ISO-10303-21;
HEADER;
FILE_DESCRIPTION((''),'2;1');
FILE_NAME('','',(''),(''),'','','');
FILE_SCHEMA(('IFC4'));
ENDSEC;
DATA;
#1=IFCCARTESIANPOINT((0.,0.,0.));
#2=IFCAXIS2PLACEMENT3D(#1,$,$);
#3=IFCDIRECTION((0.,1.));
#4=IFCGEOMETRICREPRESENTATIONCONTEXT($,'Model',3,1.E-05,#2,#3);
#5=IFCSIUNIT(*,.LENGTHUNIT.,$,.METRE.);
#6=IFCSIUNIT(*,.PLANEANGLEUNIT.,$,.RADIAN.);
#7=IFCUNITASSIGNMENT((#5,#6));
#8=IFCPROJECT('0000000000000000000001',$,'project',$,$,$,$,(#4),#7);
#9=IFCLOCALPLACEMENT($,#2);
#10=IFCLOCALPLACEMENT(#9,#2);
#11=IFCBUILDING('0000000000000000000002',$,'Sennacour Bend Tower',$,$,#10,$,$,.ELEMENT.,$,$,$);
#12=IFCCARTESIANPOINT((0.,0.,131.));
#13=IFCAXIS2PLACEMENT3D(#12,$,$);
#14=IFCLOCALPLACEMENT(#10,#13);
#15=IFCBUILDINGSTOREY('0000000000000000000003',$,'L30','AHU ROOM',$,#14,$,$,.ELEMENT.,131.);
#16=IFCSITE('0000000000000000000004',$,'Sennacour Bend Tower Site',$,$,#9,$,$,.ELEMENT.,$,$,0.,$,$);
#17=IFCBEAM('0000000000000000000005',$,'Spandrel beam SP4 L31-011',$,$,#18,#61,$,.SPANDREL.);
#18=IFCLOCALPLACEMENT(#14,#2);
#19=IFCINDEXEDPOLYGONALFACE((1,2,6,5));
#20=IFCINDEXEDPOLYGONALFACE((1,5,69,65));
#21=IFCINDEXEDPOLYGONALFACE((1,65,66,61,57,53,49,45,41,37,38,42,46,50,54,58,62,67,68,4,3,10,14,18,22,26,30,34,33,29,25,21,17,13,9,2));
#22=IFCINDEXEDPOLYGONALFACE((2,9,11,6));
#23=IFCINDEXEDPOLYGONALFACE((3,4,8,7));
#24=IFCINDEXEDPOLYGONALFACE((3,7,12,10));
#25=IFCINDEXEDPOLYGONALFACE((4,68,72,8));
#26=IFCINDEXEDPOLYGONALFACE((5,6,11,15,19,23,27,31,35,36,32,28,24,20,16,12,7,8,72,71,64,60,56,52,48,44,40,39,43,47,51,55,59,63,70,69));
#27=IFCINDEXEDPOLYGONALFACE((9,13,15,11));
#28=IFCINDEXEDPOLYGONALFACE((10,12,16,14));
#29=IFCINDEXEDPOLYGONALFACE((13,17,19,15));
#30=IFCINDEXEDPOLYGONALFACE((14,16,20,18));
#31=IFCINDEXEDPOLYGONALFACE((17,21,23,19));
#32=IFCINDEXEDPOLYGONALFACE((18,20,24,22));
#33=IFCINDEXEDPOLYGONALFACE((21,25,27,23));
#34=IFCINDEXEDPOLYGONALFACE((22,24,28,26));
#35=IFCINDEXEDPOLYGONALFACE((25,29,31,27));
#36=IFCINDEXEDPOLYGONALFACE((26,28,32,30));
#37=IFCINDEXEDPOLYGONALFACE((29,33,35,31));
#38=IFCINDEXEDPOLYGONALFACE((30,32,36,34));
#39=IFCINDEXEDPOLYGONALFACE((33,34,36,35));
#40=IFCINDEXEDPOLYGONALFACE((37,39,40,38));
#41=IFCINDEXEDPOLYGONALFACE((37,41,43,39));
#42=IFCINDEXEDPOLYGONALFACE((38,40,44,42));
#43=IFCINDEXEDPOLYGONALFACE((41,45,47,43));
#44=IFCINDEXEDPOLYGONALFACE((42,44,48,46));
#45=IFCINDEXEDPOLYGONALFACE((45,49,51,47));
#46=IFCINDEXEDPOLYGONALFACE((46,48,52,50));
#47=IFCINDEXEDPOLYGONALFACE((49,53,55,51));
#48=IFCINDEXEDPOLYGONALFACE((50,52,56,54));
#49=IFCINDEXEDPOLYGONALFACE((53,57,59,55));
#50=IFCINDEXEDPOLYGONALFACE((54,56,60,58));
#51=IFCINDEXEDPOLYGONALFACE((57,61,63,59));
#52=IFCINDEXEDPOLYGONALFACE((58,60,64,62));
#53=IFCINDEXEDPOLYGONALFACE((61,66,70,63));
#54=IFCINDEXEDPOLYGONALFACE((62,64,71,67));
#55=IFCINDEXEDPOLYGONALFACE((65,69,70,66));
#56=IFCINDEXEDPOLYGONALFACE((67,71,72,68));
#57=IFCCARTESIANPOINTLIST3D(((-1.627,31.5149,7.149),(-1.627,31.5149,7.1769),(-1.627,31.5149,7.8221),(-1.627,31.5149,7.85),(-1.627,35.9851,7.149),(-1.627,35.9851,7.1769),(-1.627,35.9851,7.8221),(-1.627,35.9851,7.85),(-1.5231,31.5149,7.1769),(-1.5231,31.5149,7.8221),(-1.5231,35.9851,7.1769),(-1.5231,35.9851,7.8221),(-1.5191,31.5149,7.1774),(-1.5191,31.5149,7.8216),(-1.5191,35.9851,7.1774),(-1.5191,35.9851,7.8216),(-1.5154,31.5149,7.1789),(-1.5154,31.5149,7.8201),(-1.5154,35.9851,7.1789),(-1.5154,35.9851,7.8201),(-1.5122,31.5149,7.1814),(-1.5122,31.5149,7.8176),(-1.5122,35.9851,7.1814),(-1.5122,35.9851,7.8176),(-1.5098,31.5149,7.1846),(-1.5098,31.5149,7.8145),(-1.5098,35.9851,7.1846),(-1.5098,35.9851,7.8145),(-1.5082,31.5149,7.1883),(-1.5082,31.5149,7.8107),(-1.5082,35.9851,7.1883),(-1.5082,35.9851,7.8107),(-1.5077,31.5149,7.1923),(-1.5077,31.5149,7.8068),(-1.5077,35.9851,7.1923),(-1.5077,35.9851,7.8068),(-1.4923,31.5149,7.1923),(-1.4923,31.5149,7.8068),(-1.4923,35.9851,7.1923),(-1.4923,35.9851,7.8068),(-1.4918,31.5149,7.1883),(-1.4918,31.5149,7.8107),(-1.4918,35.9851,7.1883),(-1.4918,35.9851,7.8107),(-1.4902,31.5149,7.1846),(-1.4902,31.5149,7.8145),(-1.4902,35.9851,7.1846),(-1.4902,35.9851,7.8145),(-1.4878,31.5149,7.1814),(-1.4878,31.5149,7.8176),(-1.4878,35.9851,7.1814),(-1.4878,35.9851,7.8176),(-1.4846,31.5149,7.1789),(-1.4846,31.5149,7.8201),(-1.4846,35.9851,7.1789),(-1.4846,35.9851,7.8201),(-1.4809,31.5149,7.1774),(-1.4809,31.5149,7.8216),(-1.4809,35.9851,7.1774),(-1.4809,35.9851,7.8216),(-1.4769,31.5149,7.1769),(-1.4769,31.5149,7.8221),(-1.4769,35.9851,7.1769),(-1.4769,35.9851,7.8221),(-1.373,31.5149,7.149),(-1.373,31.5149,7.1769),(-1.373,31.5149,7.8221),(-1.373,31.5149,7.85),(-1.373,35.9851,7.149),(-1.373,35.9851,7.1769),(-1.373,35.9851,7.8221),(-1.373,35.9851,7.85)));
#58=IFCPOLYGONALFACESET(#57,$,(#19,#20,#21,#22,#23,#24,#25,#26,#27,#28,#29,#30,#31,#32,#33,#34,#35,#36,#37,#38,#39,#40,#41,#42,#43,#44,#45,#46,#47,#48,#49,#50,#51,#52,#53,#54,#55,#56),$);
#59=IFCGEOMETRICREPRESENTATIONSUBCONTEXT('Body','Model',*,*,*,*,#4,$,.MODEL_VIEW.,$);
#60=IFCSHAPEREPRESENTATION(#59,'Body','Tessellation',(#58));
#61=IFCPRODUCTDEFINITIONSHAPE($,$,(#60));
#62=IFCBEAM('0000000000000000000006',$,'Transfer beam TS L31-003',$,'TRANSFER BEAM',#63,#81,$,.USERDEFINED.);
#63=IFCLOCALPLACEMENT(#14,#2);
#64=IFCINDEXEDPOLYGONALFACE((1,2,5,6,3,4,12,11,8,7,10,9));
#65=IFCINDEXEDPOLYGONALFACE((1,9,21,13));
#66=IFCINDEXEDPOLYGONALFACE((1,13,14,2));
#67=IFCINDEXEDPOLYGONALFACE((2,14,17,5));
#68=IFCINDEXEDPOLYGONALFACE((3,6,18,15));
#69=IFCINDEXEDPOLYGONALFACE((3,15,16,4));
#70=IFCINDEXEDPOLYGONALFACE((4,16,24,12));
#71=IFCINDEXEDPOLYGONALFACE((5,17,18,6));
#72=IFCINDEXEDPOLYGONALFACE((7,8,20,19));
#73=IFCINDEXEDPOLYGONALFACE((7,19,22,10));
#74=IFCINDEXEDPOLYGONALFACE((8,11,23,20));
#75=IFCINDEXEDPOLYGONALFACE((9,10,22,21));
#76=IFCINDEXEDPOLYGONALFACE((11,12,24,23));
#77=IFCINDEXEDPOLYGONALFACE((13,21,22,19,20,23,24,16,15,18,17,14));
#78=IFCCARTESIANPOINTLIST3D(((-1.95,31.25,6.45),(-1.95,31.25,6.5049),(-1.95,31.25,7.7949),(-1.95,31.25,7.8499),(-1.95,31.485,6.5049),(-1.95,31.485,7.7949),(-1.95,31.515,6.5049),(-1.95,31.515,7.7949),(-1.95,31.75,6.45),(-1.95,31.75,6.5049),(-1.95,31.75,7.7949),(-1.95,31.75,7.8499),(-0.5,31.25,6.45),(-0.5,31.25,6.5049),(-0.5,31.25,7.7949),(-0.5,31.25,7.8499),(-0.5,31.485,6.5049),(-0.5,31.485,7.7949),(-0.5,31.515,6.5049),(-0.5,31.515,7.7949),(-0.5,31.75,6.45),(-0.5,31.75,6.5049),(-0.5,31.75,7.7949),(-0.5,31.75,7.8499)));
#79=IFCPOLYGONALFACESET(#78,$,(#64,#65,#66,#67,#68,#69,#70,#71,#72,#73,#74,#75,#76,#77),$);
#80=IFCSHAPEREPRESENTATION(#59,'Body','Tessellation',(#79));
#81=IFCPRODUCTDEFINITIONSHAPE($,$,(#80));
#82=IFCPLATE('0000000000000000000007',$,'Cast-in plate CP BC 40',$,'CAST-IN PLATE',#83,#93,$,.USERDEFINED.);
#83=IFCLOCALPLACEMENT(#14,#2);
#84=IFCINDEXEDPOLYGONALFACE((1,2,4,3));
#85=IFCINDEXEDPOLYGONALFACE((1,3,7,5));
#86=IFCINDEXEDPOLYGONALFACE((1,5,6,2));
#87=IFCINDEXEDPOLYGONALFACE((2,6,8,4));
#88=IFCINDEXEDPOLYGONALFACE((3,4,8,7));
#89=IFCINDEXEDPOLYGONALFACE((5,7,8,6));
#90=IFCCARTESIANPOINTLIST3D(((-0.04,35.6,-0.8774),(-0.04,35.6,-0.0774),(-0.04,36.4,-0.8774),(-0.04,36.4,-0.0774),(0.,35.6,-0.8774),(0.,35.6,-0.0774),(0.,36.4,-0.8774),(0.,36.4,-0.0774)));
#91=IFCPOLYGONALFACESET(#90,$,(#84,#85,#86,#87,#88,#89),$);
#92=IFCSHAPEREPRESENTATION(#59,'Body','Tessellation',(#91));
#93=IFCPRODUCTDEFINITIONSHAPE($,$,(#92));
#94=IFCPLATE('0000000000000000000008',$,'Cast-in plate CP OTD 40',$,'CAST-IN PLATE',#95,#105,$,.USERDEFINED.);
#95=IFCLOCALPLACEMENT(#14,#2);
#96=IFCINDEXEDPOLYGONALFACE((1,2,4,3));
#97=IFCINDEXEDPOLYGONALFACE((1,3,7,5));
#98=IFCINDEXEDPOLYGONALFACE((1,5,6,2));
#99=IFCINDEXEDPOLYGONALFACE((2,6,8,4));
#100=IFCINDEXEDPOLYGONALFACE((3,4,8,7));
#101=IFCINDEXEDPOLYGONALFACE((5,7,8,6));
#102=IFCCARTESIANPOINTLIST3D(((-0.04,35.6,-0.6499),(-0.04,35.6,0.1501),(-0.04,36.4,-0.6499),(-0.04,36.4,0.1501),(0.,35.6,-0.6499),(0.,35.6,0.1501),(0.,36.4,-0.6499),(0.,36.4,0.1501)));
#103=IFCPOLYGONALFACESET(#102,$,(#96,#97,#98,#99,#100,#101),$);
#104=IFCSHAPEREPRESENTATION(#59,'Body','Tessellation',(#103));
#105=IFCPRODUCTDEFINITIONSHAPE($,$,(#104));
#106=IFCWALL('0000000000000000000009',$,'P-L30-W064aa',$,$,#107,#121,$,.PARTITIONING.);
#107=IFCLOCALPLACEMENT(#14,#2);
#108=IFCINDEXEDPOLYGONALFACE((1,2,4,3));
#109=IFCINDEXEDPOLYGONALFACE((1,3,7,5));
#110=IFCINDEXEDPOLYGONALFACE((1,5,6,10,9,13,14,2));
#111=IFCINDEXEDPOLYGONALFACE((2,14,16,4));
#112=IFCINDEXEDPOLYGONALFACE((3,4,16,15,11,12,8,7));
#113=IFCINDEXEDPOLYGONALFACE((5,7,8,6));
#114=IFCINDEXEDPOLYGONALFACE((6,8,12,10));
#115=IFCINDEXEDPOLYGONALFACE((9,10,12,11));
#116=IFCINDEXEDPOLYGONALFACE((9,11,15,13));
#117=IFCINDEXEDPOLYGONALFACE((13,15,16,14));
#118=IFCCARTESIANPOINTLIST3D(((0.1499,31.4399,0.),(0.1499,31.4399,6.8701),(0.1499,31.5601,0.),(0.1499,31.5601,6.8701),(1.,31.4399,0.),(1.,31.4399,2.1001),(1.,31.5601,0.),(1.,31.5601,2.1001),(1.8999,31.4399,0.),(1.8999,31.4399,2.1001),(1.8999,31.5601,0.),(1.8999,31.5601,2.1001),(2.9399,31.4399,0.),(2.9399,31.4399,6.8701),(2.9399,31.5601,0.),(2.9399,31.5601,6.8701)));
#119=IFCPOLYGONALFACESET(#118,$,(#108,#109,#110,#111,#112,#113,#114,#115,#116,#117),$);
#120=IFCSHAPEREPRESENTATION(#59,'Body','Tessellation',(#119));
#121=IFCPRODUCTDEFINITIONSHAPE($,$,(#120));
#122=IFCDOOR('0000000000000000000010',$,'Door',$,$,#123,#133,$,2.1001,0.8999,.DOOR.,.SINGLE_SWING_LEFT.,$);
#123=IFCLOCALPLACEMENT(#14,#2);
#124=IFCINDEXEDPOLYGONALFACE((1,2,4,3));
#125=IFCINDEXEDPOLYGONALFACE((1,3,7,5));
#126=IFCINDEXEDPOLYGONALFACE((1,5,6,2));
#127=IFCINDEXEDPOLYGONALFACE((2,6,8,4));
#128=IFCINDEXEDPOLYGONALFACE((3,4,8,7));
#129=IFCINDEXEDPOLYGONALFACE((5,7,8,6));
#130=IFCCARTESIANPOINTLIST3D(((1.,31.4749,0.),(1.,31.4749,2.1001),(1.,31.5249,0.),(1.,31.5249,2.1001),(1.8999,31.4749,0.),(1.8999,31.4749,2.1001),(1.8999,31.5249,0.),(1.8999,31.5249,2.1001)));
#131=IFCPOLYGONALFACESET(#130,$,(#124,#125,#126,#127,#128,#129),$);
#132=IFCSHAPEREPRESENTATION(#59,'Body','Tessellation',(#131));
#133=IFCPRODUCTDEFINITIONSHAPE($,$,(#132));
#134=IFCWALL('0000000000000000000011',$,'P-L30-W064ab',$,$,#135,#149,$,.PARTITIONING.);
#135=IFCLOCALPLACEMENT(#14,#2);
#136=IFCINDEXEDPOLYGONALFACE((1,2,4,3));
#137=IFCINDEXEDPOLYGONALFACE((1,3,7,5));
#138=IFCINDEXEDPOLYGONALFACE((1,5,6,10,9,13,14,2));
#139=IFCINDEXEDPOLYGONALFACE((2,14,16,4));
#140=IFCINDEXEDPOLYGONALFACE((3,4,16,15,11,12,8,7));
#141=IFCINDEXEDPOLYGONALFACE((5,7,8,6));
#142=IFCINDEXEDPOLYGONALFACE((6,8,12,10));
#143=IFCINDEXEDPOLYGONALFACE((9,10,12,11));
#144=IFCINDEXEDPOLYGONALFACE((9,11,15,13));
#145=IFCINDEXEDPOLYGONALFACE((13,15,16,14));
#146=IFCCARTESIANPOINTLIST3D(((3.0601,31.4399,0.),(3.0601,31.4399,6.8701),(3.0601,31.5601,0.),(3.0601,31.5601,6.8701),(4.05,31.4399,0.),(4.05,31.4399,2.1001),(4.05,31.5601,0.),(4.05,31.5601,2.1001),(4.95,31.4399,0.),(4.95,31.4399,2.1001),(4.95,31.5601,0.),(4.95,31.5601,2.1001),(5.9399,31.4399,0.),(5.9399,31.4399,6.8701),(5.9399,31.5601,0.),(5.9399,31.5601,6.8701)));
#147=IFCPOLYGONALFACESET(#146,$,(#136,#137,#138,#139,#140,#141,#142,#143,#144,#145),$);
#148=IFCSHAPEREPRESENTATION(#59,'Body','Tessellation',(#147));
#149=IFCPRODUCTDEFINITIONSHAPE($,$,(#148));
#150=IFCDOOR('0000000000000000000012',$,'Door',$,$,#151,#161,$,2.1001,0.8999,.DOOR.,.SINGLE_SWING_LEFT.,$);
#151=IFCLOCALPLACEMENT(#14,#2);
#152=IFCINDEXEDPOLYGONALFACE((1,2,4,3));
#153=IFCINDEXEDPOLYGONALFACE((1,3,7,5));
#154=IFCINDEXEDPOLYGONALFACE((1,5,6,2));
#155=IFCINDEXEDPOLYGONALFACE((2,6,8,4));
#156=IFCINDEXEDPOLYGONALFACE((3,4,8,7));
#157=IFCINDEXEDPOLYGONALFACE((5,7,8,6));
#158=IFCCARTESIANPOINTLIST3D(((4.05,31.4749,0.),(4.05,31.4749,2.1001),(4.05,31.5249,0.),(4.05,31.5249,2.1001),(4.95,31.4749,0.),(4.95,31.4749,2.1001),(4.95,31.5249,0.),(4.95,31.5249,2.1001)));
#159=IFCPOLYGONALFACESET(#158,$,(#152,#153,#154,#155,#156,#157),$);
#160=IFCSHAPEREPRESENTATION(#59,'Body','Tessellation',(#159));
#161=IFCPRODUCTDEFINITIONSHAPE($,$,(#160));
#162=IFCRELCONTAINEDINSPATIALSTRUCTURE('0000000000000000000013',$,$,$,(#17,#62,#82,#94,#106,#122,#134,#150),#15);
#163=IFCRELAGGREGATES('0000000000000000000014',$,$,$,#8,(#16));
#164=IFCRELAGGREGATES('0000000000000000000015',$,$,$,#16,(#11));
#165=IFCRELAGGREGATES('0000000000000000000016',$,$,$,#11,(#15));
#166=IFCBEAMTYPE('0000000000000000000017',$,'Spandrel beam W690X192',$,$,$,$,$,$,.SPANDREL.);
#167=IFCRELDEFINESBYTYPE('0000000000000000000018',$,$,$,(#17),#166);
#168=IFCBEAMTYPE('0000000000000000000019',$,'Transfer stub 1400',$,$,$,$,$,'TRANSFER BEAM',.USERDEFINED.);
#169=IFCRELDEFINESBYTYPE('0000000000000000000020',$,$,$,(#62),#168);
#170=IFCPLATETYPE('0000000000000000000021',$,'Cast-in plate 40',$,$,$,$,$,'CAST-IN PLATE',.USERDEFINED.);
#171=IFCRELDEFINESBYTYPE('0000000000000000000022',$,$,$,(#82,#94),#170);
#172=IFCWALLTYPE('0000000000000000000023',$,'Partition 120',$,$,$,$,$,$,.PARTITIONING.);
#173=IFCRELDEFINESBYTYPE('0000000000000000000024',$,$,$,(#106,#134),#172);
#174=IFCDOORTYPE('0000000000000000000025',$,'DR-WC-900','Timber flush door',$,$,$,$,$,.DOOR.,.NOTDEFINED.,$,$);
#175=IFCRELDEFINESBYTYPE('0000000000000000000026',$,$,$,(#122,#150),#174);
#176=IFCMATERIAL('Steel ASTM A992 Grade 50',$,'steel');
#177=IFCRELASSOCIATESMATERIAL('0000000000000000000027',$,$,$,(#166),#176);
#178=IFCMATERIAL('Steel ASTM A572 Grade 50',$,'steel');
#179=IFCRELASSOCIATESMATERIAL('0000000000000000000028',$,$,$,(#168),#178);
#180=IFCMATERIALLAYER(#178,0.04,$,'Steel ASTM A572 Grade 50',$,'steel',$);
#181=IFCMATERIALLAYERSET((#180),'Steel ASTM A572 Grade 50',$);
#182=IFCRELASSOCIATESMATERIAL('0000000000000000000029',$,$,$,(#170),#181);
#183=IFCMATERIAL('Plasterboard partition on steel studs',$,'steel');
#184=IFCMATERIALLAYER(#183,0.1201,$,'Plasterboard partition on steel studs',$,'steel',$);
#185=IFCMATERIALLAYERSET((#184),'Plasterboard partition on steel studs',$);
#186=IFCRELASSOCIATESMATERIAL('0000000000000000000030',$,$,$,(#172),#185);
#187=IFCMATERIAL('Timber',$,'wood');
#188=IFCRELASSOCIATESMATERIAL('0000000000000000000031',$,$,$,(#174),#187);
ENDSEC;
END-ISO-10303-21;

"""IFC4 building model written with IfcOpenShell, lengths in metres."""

from ifc_helpers import new_model, si_unit, direction, frame, frame_2d, origin, origin_2d, place, context, subcontext, project, spatial, rectangle, i_section, extrude, material, layer, layer_set, material_profile, profile_set, type_object, element, fill, save


model = new_model("IFC4")

# Units and contexts
model_context = context("Model", 3, precision=1e-05, world=origin(), true_north=direction((0.0, 1.0)))
body_context = subcontext(model_context, "Body", "Model", "MODEL_VIEW")
ifc_project = project(units=[si_unit("LENGTHUNIT", "METRE"), si_unit("PLANEANGLEUNIT", "RADIAN")], contexts=[model_context])

# Site, building, storey
site_placement = place(None, origin())
site = spatial("IfcSite", under=ifc_project, at=site_placement, Name="Sennacour Bend Tower Site", CompositionType="ELEMENT", RefElevation=0.0)
building_placement = place(site_placement, origin())
building = spatial("IfcBuilding", under=site, at=building_placement, Name="Sennacour Bend Tower", CompositionType="ELEMENT")
storey_placement = place(building_placement, frame((0.0, 0.0, 131.0)))
storey = spatial("IfcBuildingStorey", under=building, at=storey_placement, Name="L30", Description="AHU ROOM", CompositionType="ELEMENT", Elevation=131.0)

# Shared definitions
ifc_material_1 = material(Name="Steel ASTM A572 Grade 50", Category="steel")

# Shared definitions
ifc_material_2 = material(Name="Steel ASTM A992 Grade 50", Category="steel")

# Beams
ifc_material_profile_1 = material_profile(ifc_material_2, i_section(OverallWidth=0.2539, OverallDepth=0.7009, WebThickness=0.0154, FlangeThickness=0.0278, FilletRadius=0.0154, at=origin_2d()), Name="Steel ASTM A992 Grade 50", Category="steel")
ifc_profile_set_1 = profile_set([ifc_material_profile_1], Name="Steel ASTM A992 Grade 50")
beam_type_1 = type_object("IfcBeamType", Name="Spandrel beam W690X192", PredefinedType="SPANDREL", material=ifc_profile_set_1)
beam_1_placement = place(storey_placement, frame((-1.5, 31.5149, 7.4995), z_axis=(0.0, 1.0, 0.0), x_axis=(-1.0, 0.0, 0.0)))
element("IfcBeam", 1, at=beam_1_placement, inside=storey, type_object=beam_type_1, Name="Spandrel beam SP4 L31-011", PredefinedType="SPANDREL", context=body_context, shape_type="SweptSolid", body=[
    extrude(i_section(OverallWidth=0.2539, OverallDepth=0.7009, WebThickness=0.0154, FlangeThickness=0.0278, FilletRadius=0.0154, at=origin_2d()), origin(), (0.0, 0.0, 1.0), 4.4702),
])
ifc_material_profile_2 = material_profile(ifc_material_1, i_section(OverallWidth=0.5, OverallDepth=1.3999, WebThickness=0.03, FlangeThickness=0.0549, at=origin_2d()), Name="Steel ASTM A572 Grade 50", Category="steel")
ifc_profile_set_2 = profile_set([ifc_material_profile_2], Name="Steel ASTM A572 Grade 50")
beam_type_2 = type_object("IfcBeamType", Name="Transfer stub 1400", ElementType="TRANSFER BEAM", PredefinedType="USERDEFINED", material=ifc_profile_set_2)
beam_2_placement = place(storey_placement, frame((-0.5, 31.5, 7.1499), z_axis=(-1.0, 0.0, 0.0), x_axis=(0.0, -1.0, 0.0)))
element("IfcBeam", 2, at=beam_2_placement, inside=storey, type_object=beam_type_2, Name="Transfer beam TS L31-003", ObjectType="TRANSFER BEAM", PredefinedType="USERDEFINED", context=body_context, shape_type="SweptSolid", body=[
    extrude(i_section(OverallWidth=0.5, OverallDepth=1.3999, WebThickness=0.03, FlangeThickness=0.0549, at=origin_2d()), origin(), (0.0, 0.0, 1.0), 1.45),
])

# Plates
ifc_layer_1 = layer(ifc_material_1, 0.04, Name="Steel ASTM A572 Grade 50", Category="steel")
ifc_layer_set_1 = layer_set([ifc_layer_1], Name="Steel ASTM A572 Grade 50")
plate_type = type_object("IfcPlateType", Name="Cast-in plate 40", ElementType="CAST-IN PLATE", PredefinedType="USERDEFINED", material=ifc_layer_set_1)
for number, where, z_axis, x_axis, name in (
    (3, (-0.02, 36.0, -0.8774), (0.0, 0.0, 1.0), (1.0, 0.0, 0.0), "Cast-in plate CP BC 40"),
    (4, (-0.02, 36.0, -0.6499), (0.0, 0.0, 1.0), (1.0, 0.0, 0.0), "Cast-in plate CP OTD 40"),
):
    element("IfcPlate", number, at=place(storey_placement, frame(where, z_axis=z_axis, x_axis=x_axis)), inside=storey, type_object=plate_type, Name=name, ObjectType="CAST-IN PLATE", PredefinedType="USERDEFINED", context=body_context, shape_type="SweptSolid", body=[
        extrude(rectangle(XDim=0.04, YDim=0.8, at=origin_2d()), origin(), (0.0, 0.0, 1.0), 0.8),
    ])

# Walls, openings, doors
ifc_material_3 = material(Name="Plasterboard partition on steel studs", Category="steel")
ifc_layer_2 = layer(ifc_material_3, 0.1201, Name="Plasterboard partition on steel studs", Category="steel")
ifc_layer_set_2 = layer_set([ifc_layer_2], Name="Plasterboard partition on steel studs")
wall_type = type_object("IfcWallType", Name="Partition 120", PredefinedType="PARTITIONING", material=ifc_layer_set_2)
wall_1_placement = place(storey_placement, frame((0.1499, 31.5, 0.0), z_axis=(0.0, 0.0, 1.0), x_axis=(1.0, 0.0, 0.0)))
wall_1 = element("IfcWall", 5, at=wall_1_placement, inside=storey, type_object=wall_type, Name="P-L30-W064aa", PredefinedType="PARTITIONING", context=body_context, shape_type="SweptSolid", body=[
    extrude(rectangle(XDim=2.79, YDim=0.1201, at=frame_2d((1.395, 0.0))), origin(), (0.0, 0.0, 1.0), 6.8701),
])
opening_1_placement = place(wall_1_placement, frame((0.8501, 0.0, 0.0)))
opening_1 = element("IfcOpeningElement", 6, at=opening_1_placement, cuts=wall_1, PredefinedType="OPENING", context=body_context, shape_type="SweptSolid", body=[
    extrude(rectangle(XDim=0.8999, YDim=2.1001, at=frame_2d((0.45, 1.05))), frame((0.0, 0.0701, 0.0), z_axis=(0.0, -1.0, 0.0), x_axis=(1.0, 0.0, 0.0)), (0.0, 0.0, 1.0), 0.1401),
])
ifc_material_4 = material(Name="Timber", Category="wood")
door_type_1 = type_object("IfcDoorType", Name="DR-WC-900", Description="Timber flush door", OperationType="NOTDEFINED", PredefinedType="DOOR", material=ifc_material_4)
door_1_placement = place(opening_1_placement, origin())
door_1 = element("IfcDoor", 7, at=door_1_placement, inside=storey, type_object=door_type_1, Name="Door", OperationType="SINGLE_SWING_LEFT", OverallHeight=2.1001, OverallWidth=0.8999, PredefinedType="DOOR", context=body_context, shape_type="SweptSolid", body=[
    extrude(rectangle(XDim=0.8999, YDim=2.1001, at=frame_2d((0.45, 1.05))), frame((0.0, 0.0249, 0.0), z_axis=(0.0, -1.0, 0.0), x_axis=(1.0, 0.0, 0.0)), (0.0, 0.0, 1.0), 0.05),
])
fill(opening_1, door_1)
wall_2_placement = place(storey_placement, frame((3.0601, 31.5, 0.0), z_axis=(0.0, 0.0, 1.0), x_axis=(1.0, 0.0, 0.0)))
wall_2 = element("IfcWall", 8, at=wall_2_placement, inside=storey, type_object=wall_type, Name="P-L30-W064ab", PredefinedType="PARTITIONING", context=body_context, shape_type="SweptSolid", body=[
    extrude(rectangle(XDim=2.8799, YDim=0.1201, at=frame_2d((1.4399, 0.0))), origin(), (0.0, 0.0, 1.0), 6.8701),
])
opening_2_placement = place(wall_2_placement, frame((0.99, 0.0, 0.0)))
opening_2 = element("IfcOpeningElement", 9, at=opening_2_placement, cuts=wall_2, PredefinedType="OPENING", context=body_context, shape_type="SweptSolid", body=[
    extrude(rectangle(XDim=0.8999, YDim=2.1001, at=frame_2d((0.45, 1.05))), frame((0.0, 0.0701, 0.0), z_axis=(0.0, -1.0, 0.0), x_axis=(1.0, 0.0, 0.0)), (0.0, 0.0, 1.0), 0.1401),
])
door_2_placement = place(opening_2_placement, origin())
door_2 = element("IfcDoor", 10, at=door_2_placement, inside=storey, type_object=door_type_1, Name="Door", OperationType="SINGLE_SWING_LEFT", OverallHeight=2.1001, OverallWidth=0.8999, PredefinedType="DOOR", context=body_context, shape_type="SweptSolid", body=[
    extrude(rectangle(XDim=0.8999, YDim=2.1001, at=frame_2d((0.45, 1.05))), frame((0.0, 0.0249, 0.0), z_axis=(0.0, -1.0, 0.0), x_axis=(1.0, 0.0, 0.0)), (0.0, 0.0, 1.0), 0.05),
])
fill(opening_2, door_2)

save(model, "model.ifc")
